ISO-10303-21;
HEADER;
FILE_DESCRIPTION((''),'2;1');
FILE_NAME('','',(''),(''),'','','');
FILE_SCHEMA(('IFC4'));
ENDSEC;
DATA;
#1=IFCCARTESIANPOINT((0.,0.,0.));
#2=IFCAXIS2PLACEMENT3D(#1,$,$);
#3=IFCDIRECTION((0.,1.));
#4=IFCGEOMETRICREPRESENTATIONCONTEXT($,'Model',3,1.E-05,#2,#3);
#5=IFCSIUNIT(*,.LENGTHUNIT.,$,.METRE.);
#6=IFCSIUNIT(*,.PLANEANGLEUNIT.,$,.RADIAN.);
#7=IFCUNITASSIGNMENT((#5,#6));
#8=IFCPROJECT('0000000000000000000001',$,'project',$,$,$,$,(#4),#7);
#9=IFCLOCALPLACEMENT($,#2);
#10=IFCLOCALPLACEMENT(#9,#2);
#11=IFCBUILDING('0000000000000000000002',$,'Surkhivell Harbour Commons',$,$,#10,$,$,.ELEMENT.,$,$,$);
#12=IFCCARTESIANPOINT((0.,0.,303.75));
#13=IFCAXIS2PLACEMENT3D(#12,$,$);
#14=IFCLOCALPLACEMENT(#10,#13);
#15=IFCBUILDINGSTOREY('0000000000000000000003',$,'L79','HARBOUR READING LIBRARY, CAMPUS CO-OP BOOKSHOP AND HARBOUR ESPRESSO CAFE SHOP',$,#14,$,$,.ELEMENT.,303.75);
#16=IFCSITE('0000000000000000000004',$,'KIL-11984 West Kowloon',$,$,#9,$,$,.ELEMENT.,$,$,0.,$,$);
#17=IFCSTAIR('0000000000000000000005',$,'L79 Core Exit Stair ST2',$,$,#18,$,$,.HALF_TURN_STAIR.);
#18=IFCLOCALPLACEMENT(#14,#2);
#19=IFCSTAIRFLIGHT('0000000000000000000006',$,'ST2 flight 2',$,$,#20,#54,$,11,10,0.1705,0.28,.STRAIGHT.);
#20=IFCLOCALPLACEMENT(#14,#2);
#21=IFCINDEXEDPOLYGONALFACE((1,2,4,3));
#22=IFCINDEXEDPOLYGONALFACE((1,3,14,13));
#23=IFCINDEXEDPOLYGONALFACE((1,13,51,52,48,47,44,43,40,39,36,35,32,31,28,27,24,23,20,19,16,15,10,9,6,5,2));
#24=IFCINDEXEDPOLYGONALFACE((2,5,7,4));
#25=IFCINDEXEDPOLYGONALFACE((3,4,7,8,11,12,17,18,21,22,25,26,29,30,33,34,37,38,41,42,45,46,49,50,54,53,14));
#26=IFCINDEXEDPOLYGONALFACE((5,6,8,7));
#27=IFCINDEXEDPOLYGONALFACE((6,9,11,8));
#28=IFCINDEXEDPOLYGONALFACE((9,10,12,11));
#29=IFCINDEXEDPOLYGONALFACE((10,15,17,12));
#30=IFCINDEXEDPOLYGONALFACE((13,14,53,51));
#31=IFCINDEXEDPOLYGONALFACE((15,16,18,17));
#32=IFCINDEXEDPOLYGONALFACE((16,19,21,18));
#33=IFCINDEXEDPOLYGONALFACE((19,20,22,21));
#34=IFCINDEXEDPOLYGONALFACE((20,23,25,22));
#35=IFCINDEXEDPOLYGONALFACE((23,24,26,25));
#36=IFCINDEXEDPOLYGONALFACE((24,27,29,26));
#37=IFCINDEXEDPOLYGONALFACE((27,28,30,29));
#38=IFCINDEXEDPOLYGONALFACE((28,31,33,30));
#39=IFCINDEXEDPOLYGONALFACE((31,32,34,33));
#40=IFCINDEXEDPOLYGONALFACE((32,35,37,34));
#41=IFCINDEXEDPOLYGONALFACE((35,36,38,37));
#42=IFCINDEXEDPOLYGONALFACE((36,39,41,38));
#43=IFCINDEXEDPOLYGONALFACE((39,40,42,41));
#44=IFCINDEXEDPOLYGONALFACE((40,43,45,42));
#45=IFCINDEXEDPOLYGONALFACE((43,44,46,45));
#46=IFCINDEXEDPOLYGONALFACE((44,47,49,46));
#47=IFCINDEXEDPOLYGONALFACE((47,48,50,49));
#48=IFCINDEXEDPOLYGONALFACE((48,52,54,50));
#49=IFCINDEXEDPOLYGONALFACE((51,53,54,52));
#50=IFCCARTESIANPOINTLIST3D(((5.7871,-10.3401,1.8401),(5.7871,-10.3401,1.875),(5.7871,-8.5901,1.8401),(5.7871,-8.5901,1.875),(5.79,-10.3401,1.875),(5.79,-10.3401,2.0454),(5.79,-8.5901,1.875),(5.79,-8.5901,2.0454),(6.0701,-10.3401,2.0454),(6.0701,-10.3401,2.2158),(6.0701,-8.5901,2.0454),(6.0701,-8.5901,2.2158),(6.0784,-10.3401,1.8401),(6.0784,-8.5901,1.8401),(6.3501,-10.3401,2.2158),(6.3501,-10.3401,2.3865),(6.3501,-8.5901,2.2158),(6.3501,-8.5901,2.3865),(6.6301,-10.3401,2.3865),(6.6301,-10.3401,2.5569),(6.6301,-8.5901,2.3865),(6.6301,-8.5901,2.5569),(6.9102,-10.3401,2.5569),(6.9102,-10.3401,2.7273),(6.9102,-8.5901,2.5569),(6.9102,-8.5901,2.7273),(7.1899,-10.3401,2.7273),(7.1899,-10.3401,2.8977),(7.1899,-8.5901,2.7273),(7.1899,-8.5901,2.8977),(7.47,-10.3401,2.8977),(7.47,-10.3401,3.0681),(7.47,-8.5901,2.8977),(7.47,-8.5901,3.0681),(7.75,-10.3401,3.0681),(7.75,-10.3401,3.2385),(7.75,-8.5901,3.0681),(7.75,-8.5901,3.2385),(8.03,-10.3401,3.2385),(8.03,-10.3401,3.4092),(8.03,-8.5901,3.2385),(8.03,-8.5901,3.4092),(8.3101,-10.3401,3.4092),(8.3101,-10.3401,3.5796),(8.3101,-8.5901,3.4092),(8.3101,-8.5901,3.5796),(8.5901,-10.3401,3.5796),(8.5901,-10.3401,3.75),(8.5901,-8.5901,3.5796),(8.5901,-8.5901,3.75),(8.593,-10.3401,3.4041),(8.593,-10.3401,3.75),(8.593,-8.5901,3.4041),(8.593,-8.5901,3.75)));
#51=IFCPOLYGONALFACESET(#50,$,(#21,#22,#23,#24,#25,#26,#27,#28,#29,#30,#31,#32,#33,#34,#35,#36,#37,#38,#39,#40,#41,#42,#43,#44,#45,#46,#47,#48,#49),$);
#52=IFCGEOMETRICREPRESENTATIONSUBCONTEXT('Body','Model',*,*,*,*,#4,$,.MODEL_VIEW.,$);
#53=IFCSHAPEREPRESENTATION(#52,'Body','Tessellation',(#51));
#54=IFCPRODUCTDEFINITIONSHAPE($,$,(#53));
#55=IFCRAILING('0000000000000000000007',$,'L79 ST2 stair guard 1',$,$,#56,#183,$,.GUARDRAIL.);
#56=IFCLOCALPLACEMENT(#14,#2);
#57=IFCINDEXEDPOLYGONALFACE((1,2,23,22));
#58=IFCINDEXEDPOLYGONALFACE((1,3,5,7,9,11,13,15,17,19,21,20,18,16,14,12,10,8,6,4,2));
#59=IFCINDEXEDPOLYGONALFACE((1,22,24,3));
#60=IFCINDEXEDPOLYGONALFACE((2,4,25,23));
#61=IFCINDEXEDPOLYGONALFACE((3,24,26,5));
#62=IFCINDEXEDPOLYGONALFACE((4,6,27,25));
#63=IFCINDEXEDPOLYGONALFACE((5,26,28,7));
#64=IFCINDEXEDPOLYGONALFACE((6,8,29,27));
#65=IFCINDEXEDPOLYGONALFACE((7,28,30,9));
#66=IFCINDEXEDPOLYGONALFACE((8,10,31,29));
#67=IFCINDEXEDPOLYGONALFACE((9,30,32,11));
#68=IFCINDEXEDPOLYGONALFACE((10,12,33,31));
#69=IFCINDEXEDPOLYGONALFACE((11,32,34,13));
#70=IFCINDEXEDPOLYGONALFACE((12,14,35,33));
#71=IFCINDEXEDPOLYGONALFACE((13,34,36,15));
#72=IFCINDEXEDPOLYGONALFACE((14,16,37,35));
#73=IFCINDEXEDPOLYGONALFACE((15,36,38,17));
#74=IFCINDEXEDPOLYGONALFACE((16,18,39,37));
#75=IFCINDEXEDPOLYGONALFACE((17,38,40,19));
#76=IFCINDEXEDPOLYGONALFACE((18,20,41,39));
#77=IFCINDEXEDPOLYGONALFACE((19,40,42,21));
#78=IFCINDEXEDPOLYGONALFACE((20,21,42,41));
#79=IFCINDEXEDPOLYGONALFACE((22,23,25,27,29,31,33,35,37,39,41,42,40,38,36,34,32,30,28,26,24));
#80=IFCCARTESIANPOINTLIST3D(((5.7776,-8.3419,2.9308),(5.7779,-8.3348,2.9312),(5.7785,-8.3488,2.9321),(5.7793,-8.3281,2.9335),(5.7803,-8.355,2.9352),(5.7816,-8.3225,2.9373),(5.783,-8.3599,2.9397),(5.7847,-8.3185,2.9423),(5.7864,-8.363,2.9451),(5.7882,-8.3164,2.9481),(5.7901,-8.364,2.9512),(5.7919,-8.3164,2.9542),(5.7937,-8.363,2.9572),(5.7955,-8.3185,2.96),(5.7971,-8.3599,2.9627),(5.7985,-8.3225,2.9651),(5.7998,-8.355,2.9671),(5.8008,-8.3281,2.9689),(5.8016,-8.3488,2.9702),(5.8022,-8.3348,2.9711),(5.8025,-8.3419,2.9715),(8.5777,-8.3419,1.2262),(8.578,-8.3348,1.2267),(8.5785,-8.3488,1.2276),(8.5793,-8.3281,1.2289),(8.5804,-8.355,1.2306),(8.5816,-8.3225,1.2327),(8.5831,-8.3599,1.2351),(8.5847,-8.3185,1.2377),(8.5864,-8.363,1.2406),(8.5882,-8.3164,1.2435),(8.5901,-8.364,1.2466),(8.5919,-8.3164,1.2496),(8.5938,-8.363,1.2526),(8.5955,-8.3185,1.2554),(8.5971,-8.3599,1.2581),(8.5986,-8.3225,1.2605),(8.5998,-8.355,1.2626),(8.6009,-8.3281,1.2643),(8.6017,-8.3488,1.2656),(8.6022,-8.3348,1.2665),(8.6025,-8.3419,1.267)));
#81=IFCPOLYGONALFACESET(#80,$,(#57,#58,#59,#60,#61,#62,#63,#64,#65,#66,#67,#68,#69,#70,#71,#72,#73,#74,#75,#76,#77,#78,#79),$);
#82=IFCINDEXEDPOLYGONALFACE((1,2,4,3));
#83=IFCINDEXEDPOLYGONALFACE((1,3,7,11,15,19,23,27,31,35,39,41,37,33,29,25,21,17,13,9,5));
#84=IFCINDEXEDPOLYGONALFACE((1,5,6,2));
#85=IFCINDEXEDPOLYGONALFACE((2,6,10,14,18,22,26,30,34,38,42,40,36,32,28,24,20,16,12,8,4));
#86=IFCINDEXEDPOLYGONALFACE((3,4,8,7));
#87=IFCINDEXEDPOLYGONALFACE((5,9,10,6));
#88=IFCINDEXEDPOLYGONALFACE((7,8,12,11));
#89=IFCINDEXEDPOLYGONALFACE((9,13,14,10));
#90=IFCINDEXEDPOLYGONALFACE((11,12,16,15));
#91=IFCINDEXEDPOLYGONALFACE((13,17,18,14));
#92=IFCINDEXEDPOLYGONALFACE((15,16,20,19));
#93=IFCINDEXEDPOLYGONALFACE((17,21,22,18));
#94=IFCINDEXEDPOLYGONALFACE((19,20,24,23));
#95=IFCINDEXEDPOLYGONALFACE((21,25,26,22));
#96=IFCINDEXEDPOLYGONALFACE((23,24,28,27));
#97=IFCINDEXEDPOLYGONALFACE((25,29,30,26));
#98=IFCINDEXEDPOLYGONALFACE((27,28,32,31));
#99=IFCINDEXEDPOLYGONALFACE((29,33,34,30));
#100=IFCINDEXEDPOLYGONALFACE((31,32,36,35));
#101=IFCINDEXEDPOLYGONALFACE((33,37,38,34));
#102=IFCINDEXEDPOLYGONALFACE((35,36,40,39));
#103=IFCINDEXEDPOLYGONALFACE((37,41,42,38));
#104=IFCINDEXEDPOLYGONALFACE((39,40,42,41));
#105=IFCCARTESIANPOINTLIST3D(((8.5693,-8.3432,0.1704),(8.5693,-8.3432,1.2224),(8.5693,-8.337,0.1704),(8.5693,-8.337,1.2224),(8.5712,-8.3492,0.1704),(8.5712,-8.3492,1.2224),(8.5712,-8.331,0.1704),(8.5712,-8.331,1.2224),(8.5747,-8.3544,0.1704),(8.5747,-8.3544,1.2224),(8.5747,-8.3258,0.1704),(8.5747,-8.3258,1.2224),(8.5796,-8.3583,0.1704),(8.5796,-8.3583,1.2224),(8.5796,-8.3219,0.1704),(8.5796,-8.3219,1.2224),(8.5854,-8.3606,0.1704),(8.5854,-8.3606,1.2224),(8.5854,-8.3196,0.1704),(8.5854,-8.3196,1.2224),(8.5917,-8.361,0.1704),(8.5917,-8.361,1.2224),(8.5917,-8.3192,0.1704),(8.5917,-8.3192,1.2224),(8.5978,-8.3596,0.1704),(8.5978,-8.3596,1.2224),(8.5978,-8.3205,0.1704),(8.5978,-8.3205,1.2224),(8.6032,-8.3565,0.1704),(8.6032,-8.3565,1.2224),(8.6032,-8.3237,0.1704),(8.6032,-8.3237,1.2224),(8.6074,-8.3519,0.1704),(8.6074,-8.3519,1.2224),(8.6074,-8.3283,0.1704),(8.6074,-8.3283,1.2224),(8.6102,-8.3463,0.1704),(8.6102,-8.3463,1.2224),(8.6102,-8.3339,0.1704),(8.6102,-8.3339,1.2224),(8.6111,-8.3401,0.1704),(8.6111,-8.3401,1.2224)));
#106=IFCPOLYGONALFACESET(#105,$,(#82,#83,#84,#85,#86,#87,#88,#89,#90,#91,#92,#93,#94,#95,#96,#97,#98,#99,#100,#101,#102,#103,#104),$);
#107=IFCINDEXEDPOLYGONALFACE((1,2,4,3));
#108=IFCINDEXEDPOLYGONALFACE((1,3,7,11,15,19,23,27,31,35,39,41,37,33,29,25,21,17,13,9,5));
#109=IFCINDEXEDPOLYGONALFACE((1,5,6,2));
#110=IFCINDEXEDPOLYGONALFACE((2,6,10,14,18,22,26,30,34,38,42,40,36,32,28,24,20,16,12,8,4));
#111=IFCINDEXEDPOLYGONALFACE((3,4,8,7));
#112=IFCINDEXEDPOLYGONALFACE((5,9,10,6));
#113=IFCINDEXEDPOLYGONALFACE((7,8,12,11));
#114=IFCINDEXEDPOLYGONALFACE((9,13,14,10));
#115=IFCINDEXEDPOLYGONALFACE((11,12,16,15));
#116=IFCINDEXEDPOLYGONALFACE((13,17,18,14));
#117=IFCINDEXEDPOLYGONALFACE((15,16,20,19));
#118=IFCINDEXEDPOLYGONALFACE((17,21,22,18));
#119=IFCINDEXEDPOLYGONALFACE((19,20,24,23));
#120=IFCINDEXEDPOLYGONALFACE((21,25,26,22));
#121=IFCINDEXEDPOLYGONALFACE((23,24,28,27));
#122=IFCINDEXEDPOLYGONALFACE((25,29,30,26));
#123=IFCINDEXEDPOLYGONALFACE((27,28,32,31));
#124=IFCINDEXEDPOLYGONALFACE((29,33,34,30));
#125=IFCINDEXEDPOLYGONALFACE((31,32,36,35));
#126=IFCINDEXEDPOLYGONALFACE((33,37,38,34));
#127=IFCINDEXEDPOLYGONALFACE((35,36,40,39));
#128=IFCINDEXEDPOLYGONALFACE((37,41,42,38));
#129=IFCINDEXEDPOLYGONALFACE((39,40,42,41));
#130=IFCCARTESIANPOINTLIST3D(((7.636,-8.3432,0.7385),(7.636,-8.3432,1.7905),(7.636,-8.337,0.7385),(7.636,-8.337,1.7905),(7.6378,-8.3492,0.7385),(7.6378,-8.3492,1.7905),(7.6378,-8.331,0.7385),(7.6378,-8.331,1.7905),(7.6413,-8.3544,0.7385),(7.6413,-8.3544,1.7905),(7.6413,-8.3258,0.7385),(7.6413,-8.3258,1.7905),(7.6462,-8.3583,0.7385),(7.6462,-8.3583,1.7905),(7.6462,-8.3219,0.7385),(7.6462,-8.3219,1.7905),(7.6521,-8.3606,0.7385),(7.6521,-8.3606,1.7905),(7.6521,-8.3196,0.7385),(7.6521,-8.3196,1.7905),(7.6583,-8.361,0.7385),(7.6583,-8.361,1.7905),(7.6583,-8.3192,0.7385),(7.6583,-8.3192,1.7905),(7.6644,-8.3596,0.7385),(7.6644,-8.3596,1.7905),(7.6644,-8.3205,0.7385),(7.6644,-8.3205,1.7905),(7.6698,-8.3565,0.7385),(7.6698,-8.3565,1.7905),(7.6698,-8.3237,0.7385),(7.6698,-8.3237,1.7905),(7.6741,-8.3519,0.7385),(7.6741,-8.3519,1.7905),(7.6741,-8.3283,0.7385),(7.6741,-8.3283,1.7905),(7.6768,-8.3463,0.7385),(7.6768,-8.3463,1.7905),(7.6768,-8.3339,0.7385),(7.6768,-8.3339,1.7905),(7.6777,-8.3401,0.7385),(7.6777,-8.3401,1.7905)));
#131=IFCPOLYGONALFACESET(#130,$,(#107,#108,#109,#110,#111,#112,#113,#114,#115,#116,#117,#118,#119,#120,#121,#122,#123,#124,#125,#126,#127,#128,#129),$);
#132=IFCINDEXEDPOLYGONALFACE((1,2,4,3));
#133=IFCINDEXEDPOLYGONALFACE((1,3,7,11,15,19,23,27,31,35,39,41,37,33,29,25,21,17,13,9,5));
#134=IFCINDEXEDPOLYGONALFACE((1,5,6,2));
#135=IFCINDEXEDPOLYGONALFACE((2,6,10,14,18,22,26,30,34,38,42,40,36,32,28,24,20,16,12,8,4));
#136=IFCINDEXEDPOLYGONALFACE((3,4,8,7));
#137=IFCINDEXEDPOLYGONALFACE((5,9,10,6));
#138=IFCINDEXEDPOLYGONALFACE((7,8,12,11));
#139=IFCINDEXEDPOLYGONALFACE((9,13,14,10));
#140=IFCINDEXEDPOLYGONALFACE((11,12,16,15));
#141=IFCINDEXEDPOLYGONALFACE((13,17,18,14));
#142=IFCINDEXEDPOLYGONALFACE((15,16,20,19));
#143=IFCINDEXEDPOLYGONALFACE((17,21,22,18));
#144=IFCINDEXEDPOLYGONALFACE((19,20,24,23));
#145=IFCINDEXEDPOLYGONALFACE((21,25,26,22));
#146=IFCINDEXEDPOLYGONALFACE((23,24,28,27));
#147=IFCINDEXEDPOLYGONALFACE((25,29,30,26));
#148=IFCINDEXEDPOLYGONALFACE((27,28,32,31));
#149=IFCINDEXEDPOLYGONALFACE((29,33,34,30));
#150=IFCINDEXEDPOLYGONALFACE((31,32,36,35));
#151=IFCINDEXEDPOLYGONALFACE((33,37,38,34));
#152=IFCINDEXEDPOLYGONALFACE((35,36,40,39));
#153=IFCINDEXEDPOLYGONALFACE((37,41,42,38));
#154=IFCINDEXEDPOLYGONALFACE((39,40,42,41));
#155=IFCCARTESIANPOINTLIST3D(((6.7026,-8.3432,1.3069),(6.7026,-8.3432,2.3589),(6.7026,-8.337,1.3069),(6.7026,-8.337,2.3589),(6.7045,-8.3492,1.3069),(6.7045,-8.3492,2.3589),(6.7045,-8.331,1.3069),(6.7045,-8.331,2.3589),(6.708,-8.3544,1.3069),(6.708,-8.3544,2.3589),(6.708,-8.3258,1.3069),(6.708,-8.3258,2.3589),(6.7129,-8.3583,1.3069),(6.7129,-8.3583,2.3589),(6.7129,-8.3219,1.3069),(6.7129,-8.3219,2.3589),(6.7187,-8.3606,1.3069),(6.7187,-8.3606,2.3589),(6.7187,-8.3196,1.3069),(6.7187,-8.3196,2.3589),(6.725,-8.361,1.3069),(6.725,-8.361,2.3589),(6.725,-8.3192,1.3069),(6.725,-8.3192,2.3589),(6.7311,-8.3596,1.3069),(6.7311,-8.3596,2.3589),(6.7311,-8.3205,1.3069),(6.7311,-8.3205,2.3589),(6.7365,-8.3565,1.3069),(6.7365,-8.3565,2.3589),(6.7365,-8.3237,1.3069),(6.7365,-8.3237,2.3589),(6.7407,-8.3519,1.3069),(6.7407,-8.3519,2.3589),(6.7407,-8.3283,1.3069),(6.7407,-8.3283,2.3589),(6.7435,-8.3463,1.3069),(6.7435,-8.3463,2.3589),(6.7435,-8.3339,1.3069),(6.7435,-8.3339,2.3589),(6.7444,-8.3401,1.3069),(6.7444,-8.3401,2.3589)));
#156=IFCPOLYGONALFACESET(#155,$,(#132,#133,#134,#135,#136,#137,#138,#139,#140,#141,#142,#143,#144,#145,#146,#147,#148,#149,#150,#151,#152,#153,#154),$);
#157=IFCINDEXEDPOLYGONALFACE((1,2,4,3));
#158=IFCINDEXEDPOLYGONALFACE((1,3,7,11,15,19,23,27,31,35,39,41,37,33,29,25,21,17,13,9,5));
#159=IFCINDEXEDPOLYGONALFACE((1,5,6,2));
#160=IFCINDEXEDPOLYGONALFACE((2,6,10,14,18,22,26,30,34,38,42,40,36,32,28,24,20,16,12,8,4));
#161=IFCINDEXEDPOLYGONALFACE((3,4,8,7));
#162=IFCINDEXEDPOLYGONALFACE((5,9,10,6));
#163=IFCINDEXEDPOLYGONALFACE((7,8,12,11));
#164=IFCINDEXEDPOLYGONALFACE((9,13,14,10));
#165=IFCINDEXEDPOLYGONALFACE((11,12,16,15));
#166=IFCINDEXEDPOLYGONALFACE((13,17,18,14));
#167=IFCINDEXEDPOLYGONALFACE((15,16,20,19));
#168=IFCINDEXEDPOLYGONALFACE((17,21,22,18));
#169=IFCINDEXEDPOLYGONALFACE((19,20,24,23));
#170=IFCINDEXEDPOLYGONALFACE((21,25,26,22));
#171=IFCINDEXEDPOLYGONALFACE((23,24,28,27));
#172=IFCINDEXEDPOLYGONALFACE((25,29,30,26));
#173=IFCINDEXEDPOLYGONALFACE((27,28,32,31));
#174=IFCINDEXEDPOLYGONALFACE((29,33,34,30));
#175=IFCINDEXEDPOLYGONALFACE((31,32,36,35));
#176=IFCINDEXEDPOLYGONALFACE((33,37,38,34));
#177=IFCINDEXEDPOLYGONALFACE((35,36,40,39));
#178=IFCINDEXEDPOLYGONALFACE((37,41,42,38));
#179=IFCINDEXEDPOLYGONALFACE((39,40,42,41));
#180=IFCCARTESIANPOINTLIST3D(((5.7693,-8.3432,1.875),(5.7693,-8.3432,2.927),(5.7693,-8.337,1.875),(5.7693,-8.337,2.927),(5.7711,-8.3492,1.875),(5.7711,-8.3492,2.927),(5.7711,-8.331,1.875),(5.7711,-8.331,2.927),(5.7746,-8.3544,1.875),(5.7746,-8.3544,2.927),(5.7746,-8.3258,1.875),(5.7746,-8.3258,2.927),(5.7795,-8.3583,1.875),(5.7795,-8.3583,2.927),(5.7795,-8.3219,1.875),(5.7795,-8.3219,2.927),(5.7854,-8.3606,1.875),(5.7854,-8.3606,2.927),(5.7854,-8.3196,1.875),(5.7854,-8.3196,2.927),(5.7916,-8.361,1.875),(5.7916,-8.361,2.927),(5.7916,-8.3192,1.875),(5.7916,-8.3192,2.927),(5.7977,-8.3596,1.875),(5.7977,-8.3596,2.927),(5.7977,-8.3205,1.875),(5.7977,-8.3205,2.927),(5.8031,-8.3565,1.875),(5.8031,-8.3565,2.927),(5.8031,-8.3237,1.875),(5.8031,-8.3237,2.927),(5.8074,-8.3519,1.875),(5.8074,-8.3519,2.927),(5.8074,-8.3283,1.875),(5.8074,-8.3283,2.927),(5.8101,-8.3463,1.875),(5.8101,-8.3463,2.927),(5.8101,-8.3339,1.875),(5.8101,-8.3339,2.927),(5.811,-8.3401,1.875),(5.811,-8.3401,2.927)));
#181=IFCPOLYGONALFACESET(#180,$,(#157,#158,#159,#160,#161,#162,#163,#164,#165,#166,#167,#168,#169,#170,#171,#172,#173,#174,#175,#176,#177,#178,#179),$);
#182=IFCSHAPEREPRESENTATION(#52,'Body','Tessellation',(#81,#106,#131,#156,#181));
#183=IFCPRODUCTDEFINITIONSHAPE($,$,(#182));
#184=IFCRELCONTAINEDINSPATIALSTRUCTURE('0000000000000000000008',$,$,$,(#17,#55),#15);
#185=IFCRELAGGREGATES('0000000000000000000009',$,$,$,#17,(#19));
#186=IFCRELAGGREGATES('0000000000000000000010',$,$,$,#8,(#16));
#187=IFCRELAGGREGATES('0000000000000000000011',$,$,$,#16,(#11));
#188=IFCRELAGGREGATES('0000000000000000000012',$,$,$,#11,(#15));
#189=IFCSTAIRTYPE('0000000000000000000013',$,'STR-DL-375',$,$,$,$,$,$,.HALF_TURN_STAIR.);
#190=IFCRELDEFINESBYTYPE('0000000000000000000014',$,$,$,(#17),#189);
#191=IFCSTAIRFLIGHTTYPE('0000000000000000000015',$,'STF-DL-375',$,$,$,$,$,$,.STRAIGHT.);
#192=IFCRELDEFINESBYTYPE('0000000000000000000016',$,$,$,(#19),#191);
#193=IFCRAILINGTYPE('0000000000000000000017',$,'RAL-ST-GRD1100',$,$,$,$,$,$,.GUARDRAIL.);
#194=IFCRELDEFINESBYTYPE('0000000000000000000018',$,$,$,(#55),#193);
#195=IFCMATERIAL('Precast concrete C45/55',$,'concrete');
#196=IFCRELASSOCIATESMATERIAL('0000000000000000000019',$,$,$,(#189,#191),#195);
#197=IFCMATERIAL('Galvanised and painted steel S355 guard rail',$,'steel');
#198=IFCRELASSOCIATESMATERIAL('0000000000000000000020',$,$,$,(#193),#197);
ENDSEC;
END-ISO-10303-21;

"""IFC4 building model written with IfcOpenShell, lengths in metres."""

from ifc_helpers import new_model, si_unit, direction, frame, origin, origin_2d, place, context, subcontext, project, spatial, polyline, circle, outline, extrude, material, type_object, element, aggregate, save


model = new_model("IFC4")

# Units and contexts
model_context = context("Model", 3, precision=1e-05, world=origin(), true_north=direction((0.0, 1.0)))
body_context = subcontext(model_context, "Body", "Model", "MODEL_VIEW")
ifc_project = project(units=[si_unit("LENGTHUNIT", "METRE"), si_unit("PLANEANGLEUNIT", "RADIAN")], contexts=[model_context])

# Site, building, storey
site_placement = place(None, origin())
site = spatial("IfcSite", under=ifc_project, at=site_placement, Name="KIL-11984 West Kowloon", CompositionType="ELEMENT", RefElevation=0.0)
building_placement = place(site_placement, origin())
building = spatial("IfcBuilding", under=site, at=building_placement, Name="Surkhivell Harbour Commons", CompositionType="ELEMENT")
storey_placement = place(building_placement, frame((0.0, 0.0, 303.75)))
storey = spatial("IfcBuildingStorey", under=building, at=storey_placement, Name="L79", Description="HARBOUR READING LIBRARY, CAMPUS CO-OP BOOKSHOP AND HARBOUR ESPRESSO CAFE SHOP", CompositionType="ELEMENT", Elevation=303.75)

# Stair, stair flight
ifc_material_1 = material(Name="Precast concrete C45/55", Category="concrete")
stair_type = type_object("IfcStairType", Name="STR-DL-375", PredefinedType="HALF_TURN_STAIR", material=ifc_material_1)
stair_placement = place(storey_placement, origin())
stair = element("IfcStair", 1, at=stair_placement, inside=storey, type_object=stair_type, Name="L79 Core Exit Stair ST2", PredefinedType="HALF_TURN_STAIR")
stair_flight_type = type_object("IfcStairFlightType", Name="STF-DL-375", PredefinedType="STRAIGHT", material=ifc_material_1)
stair_flight_1_placement = place(storey_placement, frame((5.79, -9.4651, 1.875), z_axis=(0.0, 0.0, 1.0), x_axis=(1.0, 0.0, 0.0)))
stair_flight_1 = element("IfcStairFlight", 2, at=stair_flight_1_placement, type_object=stair_flight_type, Name="ST2 flight 2", NumberOfRisers=11, NumberOfTreads=10, PredefinedType="STRAIGHT", RiserHeight=0.1705, TreadLength=0.28, context=body_context, shape_type="SweptSolid", body=[
    extrude(outline(polyline([(-0.0029, -0.0349), (-0.0029, 0.0), (0.0, 0.0), (0.0, 0.1704), (0.28, 0.1704), (0.28, 0.3408), (0.5601, 0.3408), (0.5601, 0.5115), (0.8401, 0.5115), (0.8401, 0.6819), (1.1201, 0.6819), (1.1201, 0.8523), (1.3999, 0.8523), (1.3999, 1.0227), (1.6799, 1.0227), (1.6799, 1.1931), (1.96, 1.1931), (1.96, 1.3635), (2.24, 1.3635), (2.24, 1.5342), (2.52, 1.5342), (2.52, 1.7046), (2.8, 1.7046), (2.8, 1.875), (2.803, 1.875), (2.803, 1.5291), (0.2883, -0.0349), (-0.0029, -0.0349)])), frame((0.0, 0.875, 0.0), z_axis=(0.0, -1.0, 0.0), x_axis=(1.0, 0.0, 0.0)), (0.0, 0.0, 1.0), 1.75),
])
aggregate(stair, [stair_flight_1])

# Railing
ifc_material_2 = material(Name="Galvanised and painted steel S355 guard rail", Category="steel")
railing_type_1 = type_object("IfcRailingType", Name="RAL-ST-GRD1100", PredefinedType="GUARDRAIL", material=ifc_material_2)
railing_1_placement = place(storey_placement, frame((8.5901, -8.3401, 0.1704)))
element("IfcRailing", 3, at=railing_1_placement, inside=storey, type_object=railing_type_1, Name="L79 ST2 stair guard 1", PredefinedType="GUARDRAIL", context=body_context, shape_type="SweptSolid", body=[
    extrude(circle(Radius=0.0239, at=origin_2d()), frame((0.0, 0.0, 1.0762), z_axis=(-0.85417, 0.0, 0.519994), x_axis=(0.0, -1.0, 0.0)), (0.0, 0.0, 1.0), 3.2781),
    extrude(circle(Radius=0.021, at=origin_2d()), origin(), (0.0, 0.0, 1.0), 1.052),
    extrude(circle(Radius=0.021, at=origin_2d()), frame((-0.9333, 0.0, 0.5681)), (0.0, 0.0, 1.0), 1.052),
    extrude(circle(Radius=0.021, at=origin_2d()), frame((-1.8667, 0.0, 1.1365)), (0.0, 0.0, 1.0), 1.052),
    extrude(circle(Radius=0.021, at=origin_2d()), frame((-2.8, 0.0, 1.7046)), (0.0, 0.0, 1.0), 1.052),
])

save(model, "model.ifc")
